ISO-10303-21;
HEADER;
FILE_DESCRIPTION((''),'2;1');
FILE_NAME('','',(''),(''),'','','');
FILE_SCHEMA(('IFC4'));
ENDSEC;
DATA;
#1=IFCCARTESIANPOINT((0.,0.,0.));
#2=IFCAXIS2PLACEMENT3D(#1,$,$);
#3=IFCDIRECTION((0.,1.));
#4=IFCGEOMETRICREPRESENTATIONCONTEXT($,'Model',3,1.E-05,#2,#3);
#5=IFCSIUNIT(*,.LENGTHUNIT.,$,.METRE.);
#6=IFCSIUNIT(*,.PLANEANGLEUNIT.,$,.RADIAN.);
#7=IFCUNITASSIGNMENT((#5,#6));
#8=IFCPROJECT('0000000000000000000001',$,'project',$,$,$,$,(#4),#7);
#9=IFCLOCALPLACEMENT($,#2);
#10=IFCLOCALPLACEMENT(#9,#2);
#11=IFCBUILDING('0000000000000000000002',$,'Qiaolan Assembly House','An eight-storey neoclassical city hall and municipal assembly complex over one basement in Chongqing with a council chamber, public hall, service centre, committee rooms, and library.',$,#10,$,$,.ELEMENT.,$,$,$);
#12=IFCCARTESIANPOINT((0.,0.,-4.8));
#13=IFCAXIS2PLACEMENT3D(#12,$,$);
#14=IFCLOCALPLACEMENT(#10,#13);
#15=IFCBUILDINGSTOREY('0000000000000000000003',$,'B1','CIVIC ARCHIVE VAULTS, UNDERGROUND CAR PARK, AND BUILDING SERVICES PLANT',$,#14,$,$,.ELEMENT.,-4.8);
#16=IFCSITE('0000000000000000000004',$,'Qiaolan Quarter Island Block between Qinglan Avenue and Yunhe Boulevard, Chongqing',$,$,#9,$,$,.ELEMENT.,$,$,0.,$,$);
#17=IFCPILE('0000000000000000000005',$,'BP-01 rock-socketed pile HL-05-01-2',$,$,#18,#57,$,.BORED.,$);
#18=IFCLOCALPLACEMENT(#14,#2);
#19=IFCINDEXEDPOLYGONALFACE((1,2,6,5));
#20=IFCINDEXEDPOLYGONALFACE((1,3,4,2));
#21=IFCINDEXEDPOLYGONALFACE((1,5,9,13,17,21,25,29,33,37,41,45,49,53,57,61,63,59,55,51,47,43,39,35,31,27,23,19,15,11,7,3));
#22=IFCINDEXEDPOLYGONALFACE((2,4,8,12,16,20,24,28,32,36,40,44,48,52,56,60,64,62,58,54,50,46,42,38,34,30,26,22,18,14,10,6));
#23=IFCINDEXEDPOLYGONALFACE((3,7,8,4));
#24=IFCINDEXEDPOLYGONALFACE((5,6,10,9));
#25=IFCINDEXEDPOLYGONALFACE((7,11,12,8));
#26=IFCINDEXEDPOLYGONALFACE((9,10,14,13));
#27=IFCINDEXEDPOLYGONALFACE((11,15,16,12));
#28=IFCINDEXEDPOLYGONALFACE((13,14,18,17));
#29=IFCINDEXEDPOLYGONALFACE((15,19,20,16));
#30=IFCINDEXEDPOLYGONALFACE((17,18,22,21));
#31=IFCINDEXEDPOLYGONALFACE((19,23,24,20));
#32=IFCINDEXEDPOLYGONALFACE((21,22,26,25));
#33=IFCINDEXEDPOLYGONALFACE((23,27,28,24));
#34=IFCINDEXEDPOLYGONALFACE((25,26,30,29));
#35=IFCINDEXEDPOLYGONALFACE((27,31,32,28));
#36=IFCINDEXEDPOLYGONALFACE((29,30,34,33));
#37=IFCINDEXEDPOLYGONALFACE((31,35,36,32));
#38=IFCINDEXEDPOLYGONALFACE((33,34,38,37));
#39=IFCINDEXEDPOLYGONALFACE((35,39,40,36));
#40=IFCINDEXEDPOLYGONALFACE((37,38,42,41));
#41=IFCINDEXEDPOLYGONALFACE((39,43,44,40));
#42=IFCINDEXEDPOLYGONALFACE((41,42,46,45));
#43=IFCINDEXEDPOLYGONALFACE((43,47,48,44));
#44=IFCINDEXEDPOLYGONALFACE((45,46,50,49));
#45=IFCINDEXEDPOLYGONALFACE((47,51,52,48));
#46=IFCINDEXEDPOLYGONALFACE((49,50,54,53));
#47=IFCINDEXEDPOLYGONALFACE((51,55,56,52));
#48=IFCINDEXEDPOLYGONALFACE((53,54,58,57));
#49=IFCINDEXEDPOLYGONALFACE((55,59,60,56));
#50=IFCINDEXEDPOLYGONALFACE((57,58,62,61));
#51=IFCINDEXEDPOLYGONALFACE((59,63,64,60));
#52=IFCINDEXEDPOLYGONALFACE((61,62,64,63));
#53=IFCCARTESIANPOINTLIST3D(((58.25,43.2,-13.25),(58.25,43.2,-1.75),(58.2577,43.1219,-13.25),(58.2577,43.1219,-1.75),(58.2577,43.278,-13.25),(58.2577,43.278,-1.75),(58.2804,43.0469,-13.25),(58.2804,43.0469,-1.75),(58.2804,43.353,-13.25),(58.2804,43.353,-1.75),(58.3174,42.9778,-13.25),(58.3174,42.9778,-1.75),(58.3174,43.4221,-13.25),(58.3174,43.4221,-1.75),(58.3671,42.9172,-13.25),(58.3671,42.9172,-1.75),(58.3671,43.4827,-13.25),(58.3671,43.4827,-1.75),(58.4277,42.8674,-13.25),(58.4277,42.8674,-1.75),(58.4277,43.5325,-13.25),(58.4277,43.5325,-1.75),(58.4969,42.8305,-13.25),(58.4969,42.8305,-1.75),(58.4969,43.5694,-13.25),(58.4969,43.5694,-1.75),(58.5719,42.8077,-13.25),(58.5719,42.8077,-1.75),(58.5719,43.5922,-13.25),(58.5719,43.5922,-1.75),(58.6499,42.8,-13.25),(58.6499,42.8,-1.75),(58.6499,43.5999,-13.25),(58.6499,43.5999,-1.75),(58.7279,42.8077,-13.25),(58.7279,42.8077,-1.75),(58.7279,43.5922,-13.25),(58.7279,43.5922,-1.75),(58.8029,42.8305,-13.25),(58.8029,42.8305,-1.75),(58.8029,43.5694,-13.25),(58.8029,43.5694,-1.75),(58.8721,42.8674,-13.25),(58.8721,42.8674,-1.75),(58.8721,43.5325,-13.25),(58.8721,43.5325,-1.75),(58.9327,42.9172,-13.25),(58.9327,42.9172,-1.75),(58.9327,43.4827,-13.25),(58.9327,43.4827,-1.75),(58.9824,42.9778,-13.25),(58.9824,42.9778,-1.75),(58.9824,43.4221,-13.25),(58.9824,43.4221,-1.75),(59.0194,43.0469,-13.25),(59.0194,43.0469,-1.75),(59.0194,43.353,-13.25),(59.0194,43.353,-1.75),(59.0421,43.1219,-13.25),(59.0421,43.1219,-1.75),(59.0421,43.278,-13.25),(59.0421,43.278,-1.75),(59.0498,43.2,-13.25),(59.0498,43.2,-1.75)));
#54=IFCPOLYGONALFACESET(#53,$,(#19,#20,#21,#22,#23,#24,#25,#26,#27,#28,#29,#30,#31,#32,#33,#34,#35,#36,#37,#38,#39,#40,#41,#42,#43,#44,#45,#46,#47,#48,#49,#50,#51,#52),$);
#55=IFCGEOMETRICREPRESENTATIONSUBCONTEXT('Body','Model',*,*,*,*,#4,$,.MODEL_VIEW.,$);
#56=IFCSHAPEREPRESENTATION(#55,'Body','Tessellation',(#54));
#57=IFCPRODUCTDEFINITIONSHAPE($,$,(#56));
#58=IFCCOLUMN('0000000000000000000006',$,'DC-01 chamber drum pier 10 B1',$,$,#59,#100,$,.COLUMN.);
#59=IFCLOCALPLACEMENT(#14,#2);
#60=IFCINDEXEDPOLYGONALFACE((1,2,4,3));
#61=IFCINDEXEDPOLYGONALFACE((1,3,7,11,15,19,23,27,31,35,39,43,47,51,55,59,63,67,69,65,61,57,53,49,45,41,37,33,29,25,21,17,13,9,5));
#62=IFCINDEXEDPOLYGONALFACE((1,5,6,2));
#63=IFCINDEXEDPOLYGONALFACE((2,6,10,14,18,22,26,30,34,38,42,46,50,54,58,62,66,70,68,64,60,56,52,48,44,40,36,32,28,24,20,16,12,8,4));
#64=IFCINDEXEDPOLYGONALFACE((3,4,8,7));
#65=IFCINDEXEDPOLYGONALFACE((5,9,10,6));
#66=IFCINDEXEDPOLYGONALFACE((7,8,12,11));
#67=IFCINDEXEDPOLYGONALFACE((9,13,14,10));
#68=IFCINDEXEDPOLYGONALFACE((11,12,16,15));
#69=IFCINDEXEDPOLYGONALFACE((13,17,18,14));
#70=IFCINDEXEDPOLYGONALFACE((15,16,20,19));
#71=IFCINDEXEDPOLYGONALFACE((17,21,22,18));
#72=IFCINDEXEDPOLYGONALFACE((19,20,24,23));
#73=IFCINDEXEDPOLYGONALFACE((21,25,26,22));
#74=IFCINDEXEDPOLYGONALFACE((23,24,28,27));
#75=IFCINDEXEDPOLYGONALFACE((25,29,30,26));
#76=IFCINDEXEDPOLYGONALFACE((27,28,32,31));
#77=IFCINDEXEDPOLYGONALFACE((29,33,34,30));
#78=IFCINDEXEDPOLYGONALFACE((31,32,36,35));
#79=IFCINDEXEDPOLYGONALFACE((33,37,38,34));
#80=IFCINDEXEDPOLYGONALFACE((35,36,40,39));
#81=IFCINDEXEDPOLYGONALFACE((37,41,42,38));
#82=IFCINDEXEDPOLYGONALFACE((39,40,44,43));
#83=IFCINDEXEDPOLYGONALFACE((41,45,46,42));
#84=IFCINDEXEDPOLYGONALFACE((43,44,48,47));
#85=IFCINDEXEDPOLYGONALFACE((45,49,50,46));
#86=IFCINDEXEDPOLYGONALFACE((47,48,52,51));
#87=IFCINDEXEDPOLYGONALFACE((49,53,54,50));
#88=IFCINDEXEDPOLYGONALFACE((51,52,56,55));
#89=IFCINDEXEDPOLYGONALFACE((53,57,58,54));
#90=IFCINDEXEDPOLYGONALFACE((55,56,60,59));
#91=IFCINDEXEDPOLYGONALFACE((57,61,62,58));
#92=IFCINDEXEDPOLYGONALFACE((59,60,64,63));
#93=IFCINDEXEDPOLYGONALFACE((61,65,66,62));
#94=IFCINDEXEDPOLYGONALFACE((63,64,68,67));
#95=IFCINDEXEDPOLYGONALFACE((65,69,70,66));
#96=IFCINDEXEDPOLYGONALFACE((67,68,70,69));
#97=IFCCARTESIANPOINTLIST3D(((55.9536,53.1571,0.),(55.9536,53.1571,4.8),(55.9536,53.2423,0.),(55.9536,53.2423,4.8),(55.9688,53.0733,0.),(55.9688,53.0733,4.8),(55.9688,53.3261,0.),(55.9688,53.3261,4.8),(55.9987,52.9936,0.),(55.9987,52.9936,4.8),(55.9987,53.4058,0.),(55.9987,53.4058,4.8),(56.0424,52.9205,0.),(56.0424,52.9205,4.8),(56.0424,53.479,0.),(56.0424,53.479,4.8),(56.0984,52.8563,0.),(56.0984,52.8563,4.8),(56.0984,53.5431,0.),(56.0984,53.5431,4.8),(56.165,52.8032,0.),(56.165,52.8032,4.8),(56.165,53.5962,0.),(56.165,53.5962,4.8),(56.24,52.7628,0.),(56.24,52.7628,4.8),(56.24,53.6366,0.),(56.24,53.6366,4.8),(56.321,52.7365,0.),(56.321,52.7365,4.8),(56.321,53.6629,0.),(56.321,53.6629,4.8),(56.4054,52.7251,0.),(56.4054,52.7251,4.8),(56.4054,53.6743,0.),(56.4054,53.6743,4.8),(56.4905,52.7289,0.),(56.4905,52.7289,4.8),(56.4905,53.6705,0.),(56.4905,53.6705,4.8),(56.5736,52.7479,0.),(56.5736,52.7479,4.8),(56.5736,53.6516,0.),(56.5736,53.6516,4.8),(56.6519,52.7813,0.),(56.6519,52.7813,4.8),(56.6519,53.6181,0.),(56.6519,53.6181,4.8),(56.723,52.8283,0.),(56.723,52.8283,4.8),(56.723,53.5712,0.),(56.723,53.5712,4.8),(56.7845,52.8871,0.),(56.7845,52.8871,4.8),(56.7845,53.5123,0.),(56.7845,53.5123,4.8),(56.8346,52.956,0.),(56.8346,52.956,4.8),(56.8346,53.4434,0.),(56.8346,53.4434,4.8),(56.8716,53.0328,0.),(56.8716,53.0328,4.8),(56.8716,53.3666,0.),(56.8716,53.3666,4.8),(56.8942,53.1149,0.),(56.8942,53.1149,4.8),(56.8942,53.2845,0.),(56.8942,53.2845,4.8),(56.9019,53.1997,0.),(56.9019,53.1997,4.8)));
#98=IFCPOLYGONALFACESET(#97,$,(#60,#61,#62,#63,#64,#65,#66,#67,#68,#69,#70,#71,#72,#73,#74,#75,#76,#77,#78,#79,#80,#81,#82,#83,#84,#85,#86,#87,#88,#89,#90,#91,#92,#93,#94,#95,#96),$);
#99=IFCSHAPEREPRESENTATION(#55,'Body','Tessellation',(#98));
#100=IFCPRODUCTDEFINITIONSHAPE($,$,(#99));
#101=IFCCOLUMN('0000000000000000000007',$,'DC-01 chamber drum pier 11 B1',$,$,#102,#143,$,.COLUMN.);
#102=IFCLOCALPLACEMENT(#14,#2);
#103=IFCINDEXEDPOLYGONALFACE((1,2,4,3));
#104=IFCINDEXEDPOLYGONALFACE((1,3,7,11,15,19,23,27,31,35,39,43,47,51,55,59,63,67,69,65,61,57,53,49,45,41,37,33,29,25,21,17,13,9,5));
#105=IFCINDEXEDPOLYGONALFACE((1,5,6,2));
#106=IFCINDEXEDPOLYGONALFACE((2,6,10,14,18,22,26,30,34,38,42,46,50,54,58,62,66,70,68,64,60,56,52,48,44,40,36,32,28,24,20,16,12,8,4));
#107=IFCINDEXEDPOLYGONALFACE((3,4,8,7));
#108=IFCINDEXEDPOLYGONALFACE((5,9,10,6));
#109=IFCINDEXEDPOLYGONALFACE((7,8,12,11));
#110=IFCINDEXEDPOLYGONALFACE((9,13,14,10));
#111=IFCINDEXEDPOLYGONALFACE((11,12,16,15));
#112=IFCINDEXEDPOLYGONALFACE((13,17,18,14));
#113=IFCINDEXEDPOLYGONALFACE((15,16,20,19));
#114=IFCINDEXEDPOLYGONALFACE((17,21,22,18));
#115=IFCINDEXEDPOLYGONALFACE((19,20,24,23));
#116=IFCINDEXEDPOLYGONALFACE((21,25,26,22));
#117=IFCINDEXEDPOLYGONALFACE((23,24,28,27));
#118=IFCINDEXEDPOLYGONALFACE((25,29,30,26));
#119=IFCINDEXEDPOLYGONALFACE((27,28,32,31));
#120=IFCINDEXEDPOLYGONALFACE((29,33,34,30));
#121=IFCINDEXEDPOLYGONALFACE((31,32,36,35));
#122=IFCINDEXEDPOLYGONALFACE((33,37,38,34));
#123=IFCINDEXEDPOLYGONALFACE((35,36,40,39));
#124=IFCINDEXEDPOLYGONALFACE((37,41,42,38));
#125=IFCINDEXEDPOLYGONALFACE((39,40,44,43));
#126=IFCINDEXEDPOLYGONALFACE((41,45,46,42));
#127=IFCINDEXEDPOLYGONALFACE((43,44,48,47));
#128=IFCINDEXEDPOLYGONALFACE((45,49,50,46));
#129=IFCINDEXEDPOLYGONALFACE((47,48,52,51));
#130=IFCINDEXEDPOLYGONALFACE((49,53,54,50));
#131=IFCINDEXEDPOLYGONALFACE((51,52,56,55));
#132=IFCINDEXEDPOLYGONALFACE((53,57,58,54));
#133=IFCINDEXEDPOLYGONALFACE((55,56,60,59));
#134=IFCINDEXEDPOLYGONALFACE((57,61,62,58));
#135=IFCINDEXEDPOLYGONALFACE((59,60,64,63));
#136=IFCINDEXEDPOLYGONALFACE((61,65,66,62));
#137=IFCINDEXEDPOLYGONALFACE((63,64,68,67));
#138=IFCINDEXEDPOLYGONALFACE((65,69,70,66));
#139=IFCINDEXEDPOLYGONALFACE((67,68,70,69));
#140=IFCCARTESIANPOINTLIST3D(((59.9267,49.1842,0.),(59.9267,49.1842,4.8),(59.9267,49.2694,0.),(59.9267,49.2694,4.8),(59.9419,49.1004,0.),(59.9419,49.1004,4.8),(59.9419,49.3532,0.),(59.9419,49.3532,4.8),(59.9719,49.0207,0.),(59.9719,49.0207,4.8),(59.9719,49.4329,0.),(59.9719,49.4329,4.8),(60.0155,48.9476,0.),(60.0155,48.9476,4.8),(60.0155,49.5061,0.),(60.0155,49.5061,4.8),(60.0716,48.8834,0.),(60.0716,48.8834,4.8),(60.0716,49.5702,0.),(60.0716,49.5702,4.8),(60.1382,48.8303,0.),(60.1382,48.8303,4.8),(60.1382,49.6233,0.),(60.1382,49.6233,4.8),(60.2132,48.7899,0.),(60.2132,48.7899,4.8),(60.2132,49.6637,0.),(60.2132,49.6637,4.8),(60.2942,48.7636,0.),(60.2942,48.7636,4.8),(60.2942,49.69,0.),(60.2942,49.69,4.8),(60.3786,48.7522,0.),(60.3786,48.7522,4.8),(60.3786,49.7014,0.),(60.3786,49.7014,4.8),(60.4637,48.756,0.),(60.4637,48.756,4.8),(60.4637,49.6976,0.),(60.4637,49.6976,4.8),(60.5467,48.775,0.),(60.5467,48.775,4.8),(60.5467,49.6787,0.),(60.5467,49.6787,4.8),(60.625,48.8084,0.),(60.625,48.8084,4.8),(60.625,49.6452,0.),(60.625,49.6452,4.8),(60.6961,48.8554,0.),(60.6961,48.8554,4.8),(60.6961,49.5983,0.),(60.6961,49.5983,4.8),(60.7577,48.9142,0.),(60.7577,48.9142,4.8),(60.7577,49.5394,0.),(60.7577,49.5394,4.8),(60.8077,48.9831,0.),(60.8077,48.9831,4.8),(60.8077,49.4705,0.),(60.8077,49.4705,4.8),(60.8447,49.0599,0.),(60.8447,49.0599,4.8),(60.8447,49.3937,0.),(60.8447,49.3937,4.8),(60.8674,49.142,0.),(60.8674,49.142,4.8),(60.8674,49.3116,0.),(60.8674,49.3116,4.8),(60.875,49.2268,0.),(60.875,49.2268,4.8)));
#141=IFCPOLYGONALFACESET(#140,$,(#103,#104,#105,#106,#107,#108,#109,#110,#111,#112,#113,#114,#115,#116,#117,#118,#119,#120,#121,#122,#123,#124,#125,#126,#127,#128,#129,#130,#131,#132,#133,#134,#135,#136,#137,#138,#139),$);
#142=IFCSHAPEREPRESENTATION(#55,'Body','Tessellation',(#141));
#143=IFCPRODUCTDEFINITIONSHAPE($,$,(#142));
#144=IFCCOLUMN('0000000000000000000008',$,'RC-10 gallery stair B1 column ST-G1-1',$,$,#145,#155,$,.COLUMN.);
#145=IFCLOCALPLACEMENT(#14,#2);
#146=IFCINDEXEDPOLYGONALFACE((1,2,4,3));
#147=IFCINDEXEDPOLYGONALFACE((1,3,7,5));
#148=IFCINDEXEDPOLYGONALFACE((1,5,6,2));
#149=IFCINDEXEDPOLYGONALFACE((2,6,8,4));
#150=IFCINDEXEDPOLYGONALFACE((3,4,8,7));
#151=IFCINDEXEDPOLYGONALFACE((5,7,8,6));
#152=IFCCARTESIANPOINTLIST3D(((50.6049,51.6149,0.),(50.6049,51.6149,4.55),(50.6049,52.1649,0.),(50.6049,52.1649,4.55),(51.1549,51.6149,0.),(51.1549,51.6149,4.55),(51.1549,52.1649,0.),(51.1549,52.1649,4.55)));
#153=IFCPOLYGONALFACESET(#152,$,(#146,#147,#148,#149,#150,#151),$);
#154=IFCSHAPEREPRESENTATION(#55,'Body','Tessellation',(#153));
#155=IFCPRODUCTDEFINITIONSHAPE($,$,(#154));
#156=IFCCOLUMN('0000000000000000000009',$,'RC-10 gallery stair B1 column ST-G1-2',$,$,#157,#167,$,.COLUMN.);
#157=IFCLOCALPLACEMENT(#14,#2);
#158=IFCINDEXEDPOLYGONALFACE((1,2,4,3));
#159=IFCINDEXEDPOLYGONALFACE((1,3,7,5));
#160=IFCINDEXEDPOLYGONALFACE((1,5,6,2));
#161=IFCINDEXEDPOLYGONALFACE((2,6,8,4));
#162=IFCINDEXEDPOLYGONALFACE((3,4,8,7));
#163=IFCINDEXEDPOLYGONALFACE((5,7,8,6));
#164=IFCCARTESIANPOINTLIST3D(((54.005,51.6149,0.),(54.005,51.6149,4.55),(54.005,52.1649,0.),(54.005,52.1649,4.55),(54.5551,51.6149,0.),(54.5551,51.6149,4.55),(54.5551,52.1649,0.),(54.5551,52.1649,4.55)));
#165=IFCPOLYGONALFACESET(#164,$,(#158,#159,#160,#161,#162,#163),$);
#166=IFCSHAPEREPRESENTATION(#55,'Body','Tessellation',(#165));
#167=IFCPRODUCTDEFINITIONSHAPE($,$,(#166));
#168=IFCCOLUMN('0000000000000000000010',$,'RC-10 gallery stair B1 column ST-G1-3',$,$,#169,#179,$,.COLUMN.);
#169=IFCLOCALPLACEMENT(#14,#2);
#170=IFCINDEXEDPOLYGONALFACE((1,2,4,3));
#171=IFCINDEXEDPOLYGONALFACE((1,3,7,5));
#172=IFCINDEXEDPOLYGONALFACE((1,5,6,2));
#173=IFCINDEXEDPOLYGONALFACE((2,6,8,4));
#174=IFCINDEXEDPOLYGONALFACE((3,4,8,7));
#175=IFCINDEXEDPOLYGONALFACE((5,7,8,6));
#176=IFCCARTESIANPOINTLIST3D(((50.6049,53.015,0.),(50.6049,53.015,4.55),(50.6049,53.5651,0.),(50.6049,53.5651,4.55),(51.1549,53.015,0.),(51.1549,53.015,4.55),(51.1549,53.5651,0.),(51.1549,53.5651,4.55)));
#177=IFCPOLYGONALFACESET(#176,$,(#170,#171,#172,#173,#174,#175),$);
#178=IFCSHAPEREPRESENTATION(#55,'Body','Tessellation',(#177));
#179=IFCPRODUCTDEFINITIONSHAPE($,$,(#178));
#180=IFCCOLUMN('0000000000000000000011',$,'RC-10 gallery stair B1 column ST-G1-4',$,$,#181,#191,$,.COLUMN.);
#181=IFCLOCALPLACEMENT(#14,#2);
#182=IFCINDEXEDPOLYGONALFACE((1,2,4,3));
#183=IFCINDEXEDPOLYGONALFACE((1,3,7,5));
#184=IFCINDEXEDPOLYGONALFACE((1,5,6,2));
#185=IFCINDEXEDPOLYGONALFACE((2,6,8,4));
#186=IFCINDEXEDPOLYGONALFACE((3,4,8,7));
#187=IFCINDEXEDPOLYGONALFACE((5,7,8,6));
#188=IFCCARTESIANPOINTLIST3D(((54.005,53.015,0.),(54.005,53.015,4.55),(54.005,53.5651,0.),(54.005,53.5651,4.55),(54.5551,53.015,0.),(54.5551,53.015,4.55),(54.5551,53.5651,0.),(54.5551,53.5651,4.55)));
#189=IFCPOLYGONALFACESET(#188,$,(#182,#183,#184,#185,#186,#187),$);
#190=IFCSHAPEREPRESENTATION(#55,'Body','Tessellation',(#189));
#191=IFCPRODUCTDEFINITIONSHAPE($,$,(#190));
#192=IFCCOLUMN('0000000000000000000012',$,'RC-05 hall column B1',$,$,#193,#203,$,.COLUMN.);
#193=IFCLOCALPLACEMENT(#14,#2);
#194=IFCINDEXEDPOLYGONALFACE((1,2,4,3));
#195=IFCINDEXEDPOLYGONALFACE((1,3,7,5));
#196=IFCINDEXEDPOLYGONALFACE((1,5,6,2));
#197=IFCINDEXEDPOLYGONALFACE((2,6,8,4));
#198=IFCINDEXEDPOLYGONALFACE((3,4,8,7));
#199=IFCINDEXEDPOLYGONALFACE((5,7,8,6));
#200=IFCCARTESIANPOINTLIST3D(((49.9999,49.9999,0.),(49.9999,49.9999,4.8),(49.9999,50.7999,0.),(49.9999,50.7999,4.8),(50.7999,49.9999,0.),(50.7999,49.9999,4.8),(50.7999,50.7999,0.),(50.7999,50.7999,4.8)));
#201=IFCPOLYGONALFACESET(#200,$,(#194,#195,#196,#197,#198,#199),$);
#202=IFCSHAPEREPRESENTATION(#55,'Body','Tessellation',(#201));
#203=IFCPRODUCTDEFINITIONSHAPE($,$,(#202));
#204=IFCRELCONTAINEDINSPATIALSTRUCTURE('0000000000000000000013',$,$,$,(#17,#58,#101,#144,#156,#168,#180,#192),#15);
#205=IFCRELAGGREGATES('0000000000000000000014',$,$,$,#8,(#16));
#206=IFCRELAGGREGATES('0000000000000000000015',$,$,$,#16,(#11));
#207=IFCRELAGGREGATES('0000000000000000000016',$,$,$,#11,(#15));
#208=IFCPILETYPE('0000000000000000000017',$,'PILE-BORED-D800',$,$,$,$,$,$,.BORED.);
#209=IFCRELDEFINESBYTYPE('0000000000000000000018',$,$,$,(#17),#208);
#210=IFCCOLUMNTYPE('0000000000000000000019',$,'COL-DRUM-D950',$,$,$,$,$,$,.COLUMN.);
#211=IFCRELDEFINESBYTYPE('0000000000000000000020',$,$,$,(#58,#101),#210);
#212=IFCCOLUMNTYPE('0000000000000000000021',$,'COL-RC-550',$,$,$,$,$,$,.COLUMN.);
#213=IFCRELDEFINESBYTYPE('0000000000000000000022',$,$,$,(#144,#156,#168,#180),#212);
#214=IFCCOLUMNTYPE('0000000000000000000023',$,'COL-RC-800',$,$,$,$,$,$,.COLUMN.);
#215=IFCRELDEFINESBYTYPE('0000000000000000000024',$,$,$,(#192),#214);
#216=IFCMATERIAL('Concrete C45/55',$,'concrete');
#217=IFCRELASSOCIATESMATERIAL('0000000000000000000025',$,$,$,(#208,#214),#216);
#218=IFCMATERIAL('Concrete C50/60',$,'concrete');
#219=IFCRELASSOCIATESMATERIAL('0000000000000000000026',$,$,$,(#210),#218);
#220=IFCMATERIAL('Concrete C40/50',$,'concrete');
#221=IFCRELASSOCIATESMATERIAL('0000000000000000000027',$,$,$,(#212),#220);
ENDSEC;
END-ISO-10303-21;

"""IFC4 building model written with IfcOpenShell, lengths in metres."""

from ifc_helpers import new_model, si_unit, direction, frame, origin, origin_2d, place, context, subcontext, project, spatial, rectangle, circle, extrude, material, material_profile, profile_set, type_object, element, save


model = new_model("IFC4")

# Units and contexts
model_context = context("Model", 3, precision=1e-05, world=origin(), true_north=direction((0.0, 1.0)))
body_context = subcontext(model_context, "Body", "Model", "MODEL_VIEW")
ifc_project = project(units=[si_unit("LENGTHUNIT", "METRE"), si_unit("PLANEANGLEUNIT", "RADIAN")], contexts=[model_context])

# Site, building, storey
site_placement = place(None, origin())
site = spatial("IfcSite", under=ifc_project, at=site_placement, Name="Qiaolan Quarter Island Block between Qinglan Avenue and Yunhe Boulevard, Chongqing", CompositionType="ELEMENT", RefElevation=0.0)
building_placement = place(site_placement, origin())
building = spatial("IfcBuilding", under=site, at=building_placement, Name="Qiaolan Assembly House", Description="An eight-storey neoclassical city hall and municipal assembly complex over one basement in Chongqing with a council chamber, public hall, service centre, committee rooms, and library.", CompositionType="ELEMENT")
storey_placement = place(building_placement, frame((0.0, 0.0, -4.8)))
storey = spatial("IfcBuildingStorey", under=building, at=storey_placement, Name="B1", Description="CIVIC ARCHIVE VAULTS, UNDERGROUND CAR PARK, AND BUILDING SERVICES PLANT", CompositionType="ELEMENT", Elevation=-4.8)

# Shared definitions
ifc_material_1 = material(Name="Concrete C40/50", Category="concrete")

# Pile
ifc_material_2 = material(Name="Concrete C45/55", Category="concrete")
ifc_material_profile_1 = material_profile(ifc_material_2, circle(Radius=0.3999, at=origin_2d()), Name="PILE D800")
ifc_profile_set_1 = profile_set([ifc_material_profile_1], Name="Concrete C45/55")
pile_type_1 = type_object("IfcPileType", Name="PILE-BORED-D800", PredefinedType="BORED", material=ifc_profile_set_1)
for number, where, z_axis, x_axis, name in (
    (1, (58.6499, 43.2, -1.75), (0.0, 0.0, -1.0), (1.0, 0.0, 0.0), "BP-01 rock-socketed pile HL-05-01-2"),
):
    element("IfcPile", number, at=place(storey_placement, frame(where, z_axis=z_axis, x_axis=x_axis)), inside=storey, type_object=pile_type_1, Name=name, PredefinedType="BORED", context=body_context, shape_type="SweptSolid", body=[
        extrude(circle(Radius=0.3999, at=origin_2d()), origin(), (0.0, 0.0, 1.0), 11.5),
    ])

# Columns
ifc_material_3 = material(Name="Concrete C50/60", Category="concrete")
ifc_material_profile_2 = material_profile(ifc_material_3, circle(Radius=0.4751, at=origin_2d()), Name="CIRC D950")
ifc_profile_set_2 = profile_set([ifc_material_profile_2], Name="Concrete C50/60")
column_type_1 = type_object("IfcColumnType", Name="COL-DRUM-D950", PredefinedType="COLUMN", material=ifc_profile_set_2)
for number, where, z_axis, x_axis, name in (
    (2, (56.4268, 53.1997, 0.0), (0.0, 0.0, 1.0), (1.0, 0.0, 0.0), "DC-01 chamber drum pier 10 B1"),
    (3, (60.3999, 49.2268, 0.0), (0.0, 0.0, 1.0), (1.0, 0.0, 0.0), "DC-01 chamber drum pier 11 B1"),
):
    element("IfcColumn", number, at=place(storey_placement, frame(where, z_axis=z_axis, x_axis=x_axis)), inside=storey, type_object=column_type_1, Name=name, PredefinedType="COLUMN", context=body_context, shape_type="SweptSolid", body=[
        extrude(circle(Radius=0.4751, at=origin_2d()), origin(), (0.0, 0.0, 1.0), 4.8),
    ])
ifc_material_profile_3 = material_profile(ifc_material_1, rectangle(XDim=0.55, YDim=0.55, at=origin_2d()), Name="RC 550x550")
ifc_profile_set_3 = profile_set([ifc_material_profile_3], Name="Concrete C40/50")
column_type_2 = type_object("IfcColumnType", Name="COL-RC-550", PredefinedType="COLUMN", material=ifc_profile_set_3)
for number, where, z_axis, x_axis, name in (
    (4, (50.8799, 51.8899, 0.0), (0.0, 0.0, 1.0), (1.0, 0.0, 0.0), "RC-10 gallery stair B1 column ST-G1-1"),
    (5, (54.28, 51.8899, 0.0), (0.0, 0.0, 1.0), (1.0, 0.0, 0.0), "RC-10 gallery stair B1 column ST-G1-2"),
    (6, (50.8799, 53.29, 0.0), (0.0, 0.0, 1.0), (1.0, 0.0, 0.0), "RC-10 gallery stair B1 column ST-G1-3"),
    (7, (54.28, 53.29, 0.0), (0.0, 0.0, 1.0), (1.0, 0.0, 0.0), "RC-10 gallery stair B1 column ST-G1-4"),
):
    element("IfcColumn", number, at=place(storey_placement, frame(where, z_axis=z_axis, x_axis=x_axis)), inside=storey, type_object=column_type_2, Name=name, PredefinedType="COLUMN", context=body_context, shape_type="SweptSolid", body=[
        extrude(rectangle(XDim=0.55, YDim=0.55, at=origin_2d()), origin(), (0.0, 0.0, 1.0), 4.55),
    ])
ifc_material_profile_4 = material_profile(ifc_material_2, rectangle(XDim=0.8, YDim=0.8, at=origin_2d()), Name="RC 800x800")
ifc_profile_set_4 = profile_set([ifc_material_profile_4], Name="Concrete C45/55")
column_type_3 = type_object("IfcColumnType", Name="COL-RC-800", PredefinedType="COLUMN", material=ifc_profile_set_4)
for number, where, z_axis, x_axis, name in (
    (8, (50.3999, 50.3999, 0.0), (0.0, 0.0, 1.0), (1.0, 0.0, 0.0), "RC-05 hall column B1"),
):
    element("IfcColumn", number, at=place(storey_placement, frame(where, z_axis=z_axis, x_axis=x_axis)), inside=storey, type_object=column_type_3, Name=name, PredefinedType="COLUMN", context=body_context, shape_type="SweptSolid", body=[
        extrude(rectangle(XDim=0.8, YDim=0.8, at=origin_2d()), origin(), (0.0, 0.0, 1.0), 4.8),
    ])

save(model, "model.ifc")
